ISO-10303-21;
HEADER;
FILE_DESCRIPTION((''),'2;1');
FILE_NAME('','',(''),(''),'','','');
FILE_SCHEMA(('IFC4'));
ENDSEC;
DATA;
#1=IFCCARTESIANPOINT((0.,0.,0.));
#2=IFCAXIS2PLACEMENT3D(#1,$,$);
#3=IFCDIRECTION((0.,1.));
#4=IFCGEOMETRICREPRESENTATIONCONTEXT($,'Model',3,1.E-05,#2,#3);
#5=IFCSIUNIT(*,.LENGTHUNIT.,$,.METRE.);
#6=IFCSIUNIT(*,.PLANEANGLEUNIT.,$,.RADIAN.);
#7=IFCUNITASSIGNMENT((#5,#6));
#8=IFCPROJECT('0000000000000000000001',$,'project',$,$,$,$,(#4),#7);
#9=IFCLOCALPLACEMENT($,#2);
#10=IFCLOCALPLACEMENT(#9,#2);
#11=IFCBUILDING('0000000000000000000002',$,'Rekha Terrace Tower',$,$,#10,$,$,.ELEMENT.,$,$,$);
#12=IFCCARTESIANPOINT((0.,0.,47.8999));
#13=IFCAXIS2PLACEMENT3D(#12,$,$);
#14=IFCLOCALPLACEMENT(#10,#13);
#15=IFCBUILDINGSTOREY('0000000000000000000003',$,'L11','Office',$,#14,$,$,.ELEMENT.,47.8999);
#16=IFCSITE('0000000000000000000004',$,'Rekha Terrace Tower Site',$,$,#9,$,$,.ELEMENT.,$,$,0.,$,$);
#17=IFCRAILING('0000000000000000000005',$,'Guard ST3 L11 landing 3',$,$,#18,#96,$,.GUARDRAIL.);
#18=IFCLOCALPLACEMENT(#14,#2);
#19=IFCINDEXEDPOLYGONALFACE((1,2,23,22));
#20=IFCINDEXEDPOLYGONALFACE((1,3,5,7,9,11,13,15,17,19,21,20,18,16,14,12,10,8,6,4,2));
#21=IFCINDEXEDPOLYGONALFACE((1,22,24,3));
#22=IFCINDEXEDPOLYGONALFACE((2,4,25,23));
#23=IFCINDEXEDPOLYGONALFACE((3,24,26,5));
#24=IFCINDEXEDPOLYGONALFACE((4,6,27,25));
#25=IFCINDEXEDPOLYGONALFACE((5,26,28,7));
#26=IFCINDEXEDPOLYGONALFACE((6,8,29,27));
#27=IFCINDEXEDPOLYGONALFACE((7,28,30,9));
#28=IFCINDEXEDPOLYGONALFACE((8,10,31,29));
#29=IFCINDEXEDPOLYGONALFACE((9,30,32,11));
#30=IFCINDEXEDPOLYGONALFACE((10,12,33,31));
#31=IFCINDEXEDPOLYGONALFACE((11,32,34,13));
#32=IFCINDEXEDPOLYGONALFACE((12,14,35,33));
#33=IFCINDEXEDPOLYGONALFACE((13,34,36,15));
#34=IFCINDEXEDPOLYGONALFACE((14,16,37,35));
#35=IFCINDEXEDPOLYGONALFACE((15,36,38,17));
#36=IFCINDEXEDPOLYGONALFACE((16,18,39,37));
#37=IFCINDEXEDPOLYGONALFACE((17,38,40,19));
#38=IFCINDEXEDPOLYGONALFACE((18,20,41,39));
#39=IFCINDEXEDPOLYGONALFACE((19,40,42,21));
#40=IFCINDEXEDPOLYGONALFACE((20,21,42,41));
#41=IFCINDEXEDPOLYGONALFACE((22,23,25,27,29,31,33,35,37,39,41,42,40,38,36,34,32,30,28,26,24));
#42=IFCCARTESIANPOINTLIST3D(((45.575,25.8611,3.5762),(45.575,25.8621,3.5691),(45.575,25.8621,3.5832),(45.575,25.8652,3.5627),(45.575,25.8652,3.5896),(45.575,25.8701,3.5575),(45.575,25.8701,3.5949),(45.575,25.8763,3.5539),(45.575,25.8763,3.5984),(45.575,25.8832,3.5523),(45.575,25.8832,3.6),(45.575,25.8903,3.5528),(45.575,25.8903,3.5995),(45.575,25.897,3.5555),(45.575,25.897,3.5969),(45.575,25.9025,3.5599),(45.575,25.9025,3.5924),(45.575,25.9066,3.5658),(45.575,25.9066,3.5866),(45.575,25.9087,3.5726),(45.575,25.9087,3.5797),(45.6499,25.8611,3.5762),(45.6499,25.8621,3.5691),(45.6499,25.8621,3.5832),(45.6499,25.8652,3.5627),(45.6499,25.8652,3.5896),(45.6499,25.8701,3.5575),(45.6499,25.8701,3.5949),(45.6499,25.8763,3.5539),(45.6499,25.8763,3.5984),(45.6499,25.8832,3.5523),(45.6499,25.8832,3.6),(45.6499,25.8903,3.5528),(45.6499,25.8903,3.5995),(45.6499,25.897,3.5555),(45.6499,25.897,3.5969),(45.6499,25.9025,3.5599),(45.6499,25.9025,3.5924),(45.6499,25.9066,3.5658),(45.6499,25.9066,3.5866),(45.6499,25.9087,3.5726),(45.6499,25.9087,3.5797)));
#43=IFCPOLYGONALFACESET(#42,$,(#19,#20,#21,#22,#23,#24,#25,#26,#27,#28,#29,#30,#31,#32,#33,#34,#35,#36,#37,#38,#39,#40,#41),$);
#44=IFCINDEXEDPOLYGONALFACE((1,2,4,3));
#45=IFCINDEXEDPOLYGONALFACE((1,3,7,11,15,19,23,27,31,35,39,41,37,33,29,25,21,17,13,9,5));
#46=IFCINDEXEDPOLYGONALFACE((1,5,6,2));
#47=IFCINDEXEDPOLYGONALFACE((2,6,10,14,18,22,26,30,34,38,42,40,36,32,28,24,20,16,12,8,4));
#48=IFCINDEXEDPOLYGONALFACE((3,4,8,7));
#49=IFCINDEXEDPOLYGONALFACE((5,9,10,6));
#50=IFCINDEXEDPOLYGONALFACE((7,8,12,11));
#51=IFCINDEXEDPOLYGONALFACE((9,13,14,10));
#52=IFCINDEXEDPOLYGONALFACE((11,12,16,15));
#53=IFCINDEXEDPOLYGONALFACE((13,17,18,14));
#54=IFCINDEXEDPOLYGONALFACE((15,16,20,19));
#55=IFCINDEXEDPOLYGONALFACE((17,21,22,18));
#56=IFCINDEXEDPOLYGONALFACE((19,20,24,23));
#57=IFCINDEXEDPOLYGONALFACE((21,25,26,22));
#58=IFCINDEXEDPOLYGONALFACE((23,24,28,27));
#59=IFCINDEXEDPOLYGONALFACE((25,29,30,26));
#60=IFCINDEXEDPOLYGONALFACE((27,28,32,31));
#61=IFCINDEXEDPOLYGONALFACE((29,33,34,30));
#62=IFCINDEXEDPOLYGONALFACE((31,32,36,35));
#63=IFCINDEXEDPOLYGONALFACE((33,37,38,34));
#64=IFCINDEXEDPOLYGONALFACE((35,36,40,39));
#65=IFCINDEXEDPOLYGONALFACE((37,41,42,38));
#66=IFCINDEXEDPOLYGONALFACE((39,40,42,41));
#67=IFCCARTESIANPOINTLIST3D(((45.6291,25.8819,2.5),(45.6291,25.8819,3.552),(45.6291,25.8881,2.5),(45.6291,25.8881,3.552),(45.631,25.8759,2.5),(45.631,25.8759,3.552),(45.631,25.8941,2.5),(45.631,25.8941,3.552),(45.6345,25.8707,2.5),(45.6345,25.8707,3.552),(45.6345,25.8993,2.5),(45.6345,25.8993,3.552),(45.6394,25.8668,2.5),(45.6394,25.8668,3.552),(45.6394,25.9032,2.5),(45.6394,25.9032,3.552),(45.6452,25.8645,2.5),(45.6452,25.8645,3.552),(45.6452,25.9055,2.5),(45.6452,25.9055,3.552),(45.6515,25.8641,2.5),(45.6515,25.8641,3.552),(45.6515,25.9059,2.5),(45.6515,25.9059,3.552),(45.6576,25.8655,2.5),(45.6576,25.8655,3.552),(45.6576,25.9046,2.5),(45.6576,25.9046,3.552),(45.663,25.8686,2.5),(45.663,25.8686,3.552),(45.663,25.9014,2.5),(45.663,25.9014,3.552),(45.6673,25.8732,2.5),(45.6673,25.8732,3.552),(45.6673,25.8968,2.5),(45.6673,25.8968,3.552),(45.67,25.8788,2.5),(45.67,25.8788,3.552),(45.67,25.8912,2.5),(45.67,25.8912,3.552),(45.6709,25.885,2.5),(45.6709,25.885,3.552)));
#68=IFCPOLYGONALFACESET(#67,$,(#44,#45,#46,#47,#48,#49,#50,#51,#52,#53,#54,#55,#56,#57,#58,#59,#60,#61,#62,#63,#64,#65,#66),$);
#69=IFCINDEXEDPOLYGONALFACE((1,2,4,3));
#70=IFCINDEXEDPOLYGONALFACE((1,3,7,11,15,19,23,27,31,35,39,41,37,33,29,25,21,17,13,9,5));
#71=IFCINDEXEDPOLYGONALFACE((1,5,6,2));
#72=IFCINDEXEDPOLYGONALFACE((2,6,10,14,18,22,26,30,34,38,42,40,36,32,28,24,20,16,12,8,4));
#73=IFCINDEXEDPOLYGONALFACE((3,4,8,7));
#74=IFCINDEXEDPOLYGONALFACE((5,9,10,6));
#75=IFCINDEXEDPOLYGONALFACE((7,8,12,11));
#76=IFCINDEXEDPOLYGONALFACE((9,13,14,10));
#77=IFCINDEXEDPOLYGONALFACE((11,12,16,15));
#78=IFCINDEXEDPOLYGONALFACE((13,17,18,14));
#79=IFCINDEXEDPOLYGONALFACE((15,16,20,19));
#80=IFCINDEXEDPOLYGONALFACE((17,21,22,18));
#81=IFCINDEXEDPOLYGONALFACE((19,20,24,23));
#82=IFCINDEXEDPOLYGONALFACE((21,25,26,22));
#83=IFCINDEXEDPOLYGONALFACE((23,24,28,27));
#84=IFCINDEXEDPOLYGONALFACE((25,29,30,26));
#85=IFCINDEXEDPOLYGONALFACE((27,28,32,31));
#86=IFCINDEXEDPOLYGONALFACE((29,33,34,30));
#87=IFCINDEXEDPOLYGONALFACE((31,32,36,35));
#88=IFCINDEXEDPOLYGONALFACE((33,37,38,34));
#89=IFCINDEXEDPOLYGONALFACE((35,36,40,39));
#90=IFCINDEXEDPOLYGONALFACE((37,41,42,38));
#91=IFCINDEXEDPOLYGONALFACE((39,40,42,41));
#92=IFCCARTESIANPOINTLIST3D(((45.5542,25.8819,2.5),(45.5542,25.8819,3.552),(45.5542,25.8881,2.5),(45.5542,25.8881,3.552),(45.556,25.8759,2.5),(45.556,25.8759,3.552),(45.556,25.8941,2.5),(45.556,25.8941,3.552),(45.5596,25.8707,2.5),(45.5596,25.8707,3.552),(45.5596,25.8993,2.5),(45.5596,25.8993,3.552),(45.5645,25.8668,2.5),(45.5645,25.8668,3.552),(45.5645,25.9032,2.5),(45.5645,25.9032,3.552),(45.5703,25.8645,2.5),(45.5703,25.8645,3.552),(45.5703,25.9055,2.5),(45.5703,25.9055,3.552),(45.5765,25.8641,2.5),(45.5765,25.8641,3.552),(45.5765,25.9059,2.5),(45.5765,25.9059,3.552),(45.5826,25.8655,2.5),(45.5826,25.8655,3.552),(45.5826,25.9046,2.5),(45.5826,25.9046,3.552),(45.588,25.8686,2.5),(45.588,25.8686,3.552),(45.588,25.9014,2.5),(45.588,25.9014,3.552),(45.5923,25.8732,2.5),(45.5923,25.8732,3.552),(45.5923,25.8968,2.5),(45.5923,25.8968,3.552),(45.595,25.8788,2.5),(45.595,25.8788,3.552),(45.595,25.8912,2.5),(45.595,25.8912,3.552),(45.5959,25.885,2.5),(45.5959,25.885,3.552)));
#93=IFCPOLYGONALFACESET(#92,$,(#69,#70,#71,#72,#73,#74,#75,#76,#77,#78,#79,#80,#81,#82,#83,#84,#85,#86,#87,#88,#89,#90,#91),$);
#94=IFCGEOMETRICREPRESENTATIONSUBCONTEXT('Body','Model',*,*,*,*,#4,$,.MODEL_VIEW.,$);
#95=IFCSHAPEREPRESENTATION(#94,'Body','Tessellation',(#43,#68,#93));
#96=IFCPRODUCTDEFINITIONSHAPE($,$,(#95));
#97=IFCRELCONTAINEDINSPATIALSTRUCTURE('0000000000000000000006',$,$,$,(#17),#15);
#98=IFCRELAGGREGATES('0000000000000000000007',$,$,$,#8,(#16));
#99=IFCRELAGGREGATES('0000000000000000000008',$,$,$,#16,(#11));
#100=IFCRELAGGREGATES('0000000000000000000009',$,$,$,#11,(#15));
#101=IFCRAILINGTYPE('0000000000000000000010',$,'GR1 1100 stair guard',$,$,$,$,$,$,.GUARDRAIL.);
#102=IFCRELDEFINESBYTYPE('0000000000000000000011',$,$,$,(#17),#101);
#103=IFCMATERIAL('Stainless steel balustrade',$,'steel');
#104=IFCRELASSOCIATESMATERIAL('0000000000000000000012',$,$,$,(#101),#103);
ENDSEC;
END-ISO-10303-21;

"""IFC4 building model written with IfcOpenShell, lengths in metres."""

from ifc_helpers import new_model, si_unit, direction, frame, origin, origin_2d, place, context, subcontext, project, spatial, circle, extrude, material, type_object, element, save


model = new_model("IFC4")

# Units and contexts
model_context = context("Model", 3, precision=1e-05, world=origin(), true_north=direction((0.0, 1.0)))
body_context = subcontext(model_context, "Body", "Model", "MODEL_VIEW")
ifc_project = project(units=[si_unit("LENGTHUNIT", "METRE"), si_unit("PLANEANGLEUNIT", "RADIAN")], contexts=[model_context])

# Site, building, storey
site_placement = place(None, origin())
site = spatial("IfcSite", under=ifc_project, at=site_placement, Name="Rekha Terrace Tower Site", CompositionType="ELEMENT", RefElevation=0.0)
building_placement = place(site_placement, origin())
building = spatial("IfcBuilding", under=site, at=building_placement, Name="Rekha Terrace Tower", CompositionType="ELEMENT")
storey_placement = place(building_placement, frame((0.0, 0.0, 47.8999)))
storey = spatial("IfcBuildingStorey", under=building, at=storey_placement, Name="L11", Description="Office", CompositionType="ELEMENT", Elevation=47.8999)

# Railing
ifc_material_1 = material(Name="Stainless steel balustrade", Category="steel")
railing_type_1 = type_object("IfcRailingType", Name="GR1 1100 stair guard", PredefinedType="GUARDRAIL", material=ifc_material_1)
railing_1_placement = place(storey_placement, frame((45.6499, 25.885, 2.5)))
element("IfcRailing", 1, at=railing_1_placement, inside=storey, type_object=railing_type_1, Name="Guard ST3 L11 landing 3", PredefinedType="GUARDRAIL", context=body_context, shape_type="SweptSolid", body=[
    extrude(circle(Radius=0.0239, at=origin_2d()), frame((0.0, 0.0, 1.0762), z_axis=(-1.0, 0.0, 0.0), x_axis=(0.0, -1.0, 0.0)), (0.0, 0.0, 1.0), 0.075),
    extrude(circle(Radius=0.021, at=origin_2d()), origin(), (0.0, 0.0, 1.0), 1.052),
    extrude(circle(Radius=0.021, at=origin_2d()), frame((-0.075, 0.0, 0.0)), (0.0, 0.0, 1.0), 1.052),
])

save(model, "model.ifc")
